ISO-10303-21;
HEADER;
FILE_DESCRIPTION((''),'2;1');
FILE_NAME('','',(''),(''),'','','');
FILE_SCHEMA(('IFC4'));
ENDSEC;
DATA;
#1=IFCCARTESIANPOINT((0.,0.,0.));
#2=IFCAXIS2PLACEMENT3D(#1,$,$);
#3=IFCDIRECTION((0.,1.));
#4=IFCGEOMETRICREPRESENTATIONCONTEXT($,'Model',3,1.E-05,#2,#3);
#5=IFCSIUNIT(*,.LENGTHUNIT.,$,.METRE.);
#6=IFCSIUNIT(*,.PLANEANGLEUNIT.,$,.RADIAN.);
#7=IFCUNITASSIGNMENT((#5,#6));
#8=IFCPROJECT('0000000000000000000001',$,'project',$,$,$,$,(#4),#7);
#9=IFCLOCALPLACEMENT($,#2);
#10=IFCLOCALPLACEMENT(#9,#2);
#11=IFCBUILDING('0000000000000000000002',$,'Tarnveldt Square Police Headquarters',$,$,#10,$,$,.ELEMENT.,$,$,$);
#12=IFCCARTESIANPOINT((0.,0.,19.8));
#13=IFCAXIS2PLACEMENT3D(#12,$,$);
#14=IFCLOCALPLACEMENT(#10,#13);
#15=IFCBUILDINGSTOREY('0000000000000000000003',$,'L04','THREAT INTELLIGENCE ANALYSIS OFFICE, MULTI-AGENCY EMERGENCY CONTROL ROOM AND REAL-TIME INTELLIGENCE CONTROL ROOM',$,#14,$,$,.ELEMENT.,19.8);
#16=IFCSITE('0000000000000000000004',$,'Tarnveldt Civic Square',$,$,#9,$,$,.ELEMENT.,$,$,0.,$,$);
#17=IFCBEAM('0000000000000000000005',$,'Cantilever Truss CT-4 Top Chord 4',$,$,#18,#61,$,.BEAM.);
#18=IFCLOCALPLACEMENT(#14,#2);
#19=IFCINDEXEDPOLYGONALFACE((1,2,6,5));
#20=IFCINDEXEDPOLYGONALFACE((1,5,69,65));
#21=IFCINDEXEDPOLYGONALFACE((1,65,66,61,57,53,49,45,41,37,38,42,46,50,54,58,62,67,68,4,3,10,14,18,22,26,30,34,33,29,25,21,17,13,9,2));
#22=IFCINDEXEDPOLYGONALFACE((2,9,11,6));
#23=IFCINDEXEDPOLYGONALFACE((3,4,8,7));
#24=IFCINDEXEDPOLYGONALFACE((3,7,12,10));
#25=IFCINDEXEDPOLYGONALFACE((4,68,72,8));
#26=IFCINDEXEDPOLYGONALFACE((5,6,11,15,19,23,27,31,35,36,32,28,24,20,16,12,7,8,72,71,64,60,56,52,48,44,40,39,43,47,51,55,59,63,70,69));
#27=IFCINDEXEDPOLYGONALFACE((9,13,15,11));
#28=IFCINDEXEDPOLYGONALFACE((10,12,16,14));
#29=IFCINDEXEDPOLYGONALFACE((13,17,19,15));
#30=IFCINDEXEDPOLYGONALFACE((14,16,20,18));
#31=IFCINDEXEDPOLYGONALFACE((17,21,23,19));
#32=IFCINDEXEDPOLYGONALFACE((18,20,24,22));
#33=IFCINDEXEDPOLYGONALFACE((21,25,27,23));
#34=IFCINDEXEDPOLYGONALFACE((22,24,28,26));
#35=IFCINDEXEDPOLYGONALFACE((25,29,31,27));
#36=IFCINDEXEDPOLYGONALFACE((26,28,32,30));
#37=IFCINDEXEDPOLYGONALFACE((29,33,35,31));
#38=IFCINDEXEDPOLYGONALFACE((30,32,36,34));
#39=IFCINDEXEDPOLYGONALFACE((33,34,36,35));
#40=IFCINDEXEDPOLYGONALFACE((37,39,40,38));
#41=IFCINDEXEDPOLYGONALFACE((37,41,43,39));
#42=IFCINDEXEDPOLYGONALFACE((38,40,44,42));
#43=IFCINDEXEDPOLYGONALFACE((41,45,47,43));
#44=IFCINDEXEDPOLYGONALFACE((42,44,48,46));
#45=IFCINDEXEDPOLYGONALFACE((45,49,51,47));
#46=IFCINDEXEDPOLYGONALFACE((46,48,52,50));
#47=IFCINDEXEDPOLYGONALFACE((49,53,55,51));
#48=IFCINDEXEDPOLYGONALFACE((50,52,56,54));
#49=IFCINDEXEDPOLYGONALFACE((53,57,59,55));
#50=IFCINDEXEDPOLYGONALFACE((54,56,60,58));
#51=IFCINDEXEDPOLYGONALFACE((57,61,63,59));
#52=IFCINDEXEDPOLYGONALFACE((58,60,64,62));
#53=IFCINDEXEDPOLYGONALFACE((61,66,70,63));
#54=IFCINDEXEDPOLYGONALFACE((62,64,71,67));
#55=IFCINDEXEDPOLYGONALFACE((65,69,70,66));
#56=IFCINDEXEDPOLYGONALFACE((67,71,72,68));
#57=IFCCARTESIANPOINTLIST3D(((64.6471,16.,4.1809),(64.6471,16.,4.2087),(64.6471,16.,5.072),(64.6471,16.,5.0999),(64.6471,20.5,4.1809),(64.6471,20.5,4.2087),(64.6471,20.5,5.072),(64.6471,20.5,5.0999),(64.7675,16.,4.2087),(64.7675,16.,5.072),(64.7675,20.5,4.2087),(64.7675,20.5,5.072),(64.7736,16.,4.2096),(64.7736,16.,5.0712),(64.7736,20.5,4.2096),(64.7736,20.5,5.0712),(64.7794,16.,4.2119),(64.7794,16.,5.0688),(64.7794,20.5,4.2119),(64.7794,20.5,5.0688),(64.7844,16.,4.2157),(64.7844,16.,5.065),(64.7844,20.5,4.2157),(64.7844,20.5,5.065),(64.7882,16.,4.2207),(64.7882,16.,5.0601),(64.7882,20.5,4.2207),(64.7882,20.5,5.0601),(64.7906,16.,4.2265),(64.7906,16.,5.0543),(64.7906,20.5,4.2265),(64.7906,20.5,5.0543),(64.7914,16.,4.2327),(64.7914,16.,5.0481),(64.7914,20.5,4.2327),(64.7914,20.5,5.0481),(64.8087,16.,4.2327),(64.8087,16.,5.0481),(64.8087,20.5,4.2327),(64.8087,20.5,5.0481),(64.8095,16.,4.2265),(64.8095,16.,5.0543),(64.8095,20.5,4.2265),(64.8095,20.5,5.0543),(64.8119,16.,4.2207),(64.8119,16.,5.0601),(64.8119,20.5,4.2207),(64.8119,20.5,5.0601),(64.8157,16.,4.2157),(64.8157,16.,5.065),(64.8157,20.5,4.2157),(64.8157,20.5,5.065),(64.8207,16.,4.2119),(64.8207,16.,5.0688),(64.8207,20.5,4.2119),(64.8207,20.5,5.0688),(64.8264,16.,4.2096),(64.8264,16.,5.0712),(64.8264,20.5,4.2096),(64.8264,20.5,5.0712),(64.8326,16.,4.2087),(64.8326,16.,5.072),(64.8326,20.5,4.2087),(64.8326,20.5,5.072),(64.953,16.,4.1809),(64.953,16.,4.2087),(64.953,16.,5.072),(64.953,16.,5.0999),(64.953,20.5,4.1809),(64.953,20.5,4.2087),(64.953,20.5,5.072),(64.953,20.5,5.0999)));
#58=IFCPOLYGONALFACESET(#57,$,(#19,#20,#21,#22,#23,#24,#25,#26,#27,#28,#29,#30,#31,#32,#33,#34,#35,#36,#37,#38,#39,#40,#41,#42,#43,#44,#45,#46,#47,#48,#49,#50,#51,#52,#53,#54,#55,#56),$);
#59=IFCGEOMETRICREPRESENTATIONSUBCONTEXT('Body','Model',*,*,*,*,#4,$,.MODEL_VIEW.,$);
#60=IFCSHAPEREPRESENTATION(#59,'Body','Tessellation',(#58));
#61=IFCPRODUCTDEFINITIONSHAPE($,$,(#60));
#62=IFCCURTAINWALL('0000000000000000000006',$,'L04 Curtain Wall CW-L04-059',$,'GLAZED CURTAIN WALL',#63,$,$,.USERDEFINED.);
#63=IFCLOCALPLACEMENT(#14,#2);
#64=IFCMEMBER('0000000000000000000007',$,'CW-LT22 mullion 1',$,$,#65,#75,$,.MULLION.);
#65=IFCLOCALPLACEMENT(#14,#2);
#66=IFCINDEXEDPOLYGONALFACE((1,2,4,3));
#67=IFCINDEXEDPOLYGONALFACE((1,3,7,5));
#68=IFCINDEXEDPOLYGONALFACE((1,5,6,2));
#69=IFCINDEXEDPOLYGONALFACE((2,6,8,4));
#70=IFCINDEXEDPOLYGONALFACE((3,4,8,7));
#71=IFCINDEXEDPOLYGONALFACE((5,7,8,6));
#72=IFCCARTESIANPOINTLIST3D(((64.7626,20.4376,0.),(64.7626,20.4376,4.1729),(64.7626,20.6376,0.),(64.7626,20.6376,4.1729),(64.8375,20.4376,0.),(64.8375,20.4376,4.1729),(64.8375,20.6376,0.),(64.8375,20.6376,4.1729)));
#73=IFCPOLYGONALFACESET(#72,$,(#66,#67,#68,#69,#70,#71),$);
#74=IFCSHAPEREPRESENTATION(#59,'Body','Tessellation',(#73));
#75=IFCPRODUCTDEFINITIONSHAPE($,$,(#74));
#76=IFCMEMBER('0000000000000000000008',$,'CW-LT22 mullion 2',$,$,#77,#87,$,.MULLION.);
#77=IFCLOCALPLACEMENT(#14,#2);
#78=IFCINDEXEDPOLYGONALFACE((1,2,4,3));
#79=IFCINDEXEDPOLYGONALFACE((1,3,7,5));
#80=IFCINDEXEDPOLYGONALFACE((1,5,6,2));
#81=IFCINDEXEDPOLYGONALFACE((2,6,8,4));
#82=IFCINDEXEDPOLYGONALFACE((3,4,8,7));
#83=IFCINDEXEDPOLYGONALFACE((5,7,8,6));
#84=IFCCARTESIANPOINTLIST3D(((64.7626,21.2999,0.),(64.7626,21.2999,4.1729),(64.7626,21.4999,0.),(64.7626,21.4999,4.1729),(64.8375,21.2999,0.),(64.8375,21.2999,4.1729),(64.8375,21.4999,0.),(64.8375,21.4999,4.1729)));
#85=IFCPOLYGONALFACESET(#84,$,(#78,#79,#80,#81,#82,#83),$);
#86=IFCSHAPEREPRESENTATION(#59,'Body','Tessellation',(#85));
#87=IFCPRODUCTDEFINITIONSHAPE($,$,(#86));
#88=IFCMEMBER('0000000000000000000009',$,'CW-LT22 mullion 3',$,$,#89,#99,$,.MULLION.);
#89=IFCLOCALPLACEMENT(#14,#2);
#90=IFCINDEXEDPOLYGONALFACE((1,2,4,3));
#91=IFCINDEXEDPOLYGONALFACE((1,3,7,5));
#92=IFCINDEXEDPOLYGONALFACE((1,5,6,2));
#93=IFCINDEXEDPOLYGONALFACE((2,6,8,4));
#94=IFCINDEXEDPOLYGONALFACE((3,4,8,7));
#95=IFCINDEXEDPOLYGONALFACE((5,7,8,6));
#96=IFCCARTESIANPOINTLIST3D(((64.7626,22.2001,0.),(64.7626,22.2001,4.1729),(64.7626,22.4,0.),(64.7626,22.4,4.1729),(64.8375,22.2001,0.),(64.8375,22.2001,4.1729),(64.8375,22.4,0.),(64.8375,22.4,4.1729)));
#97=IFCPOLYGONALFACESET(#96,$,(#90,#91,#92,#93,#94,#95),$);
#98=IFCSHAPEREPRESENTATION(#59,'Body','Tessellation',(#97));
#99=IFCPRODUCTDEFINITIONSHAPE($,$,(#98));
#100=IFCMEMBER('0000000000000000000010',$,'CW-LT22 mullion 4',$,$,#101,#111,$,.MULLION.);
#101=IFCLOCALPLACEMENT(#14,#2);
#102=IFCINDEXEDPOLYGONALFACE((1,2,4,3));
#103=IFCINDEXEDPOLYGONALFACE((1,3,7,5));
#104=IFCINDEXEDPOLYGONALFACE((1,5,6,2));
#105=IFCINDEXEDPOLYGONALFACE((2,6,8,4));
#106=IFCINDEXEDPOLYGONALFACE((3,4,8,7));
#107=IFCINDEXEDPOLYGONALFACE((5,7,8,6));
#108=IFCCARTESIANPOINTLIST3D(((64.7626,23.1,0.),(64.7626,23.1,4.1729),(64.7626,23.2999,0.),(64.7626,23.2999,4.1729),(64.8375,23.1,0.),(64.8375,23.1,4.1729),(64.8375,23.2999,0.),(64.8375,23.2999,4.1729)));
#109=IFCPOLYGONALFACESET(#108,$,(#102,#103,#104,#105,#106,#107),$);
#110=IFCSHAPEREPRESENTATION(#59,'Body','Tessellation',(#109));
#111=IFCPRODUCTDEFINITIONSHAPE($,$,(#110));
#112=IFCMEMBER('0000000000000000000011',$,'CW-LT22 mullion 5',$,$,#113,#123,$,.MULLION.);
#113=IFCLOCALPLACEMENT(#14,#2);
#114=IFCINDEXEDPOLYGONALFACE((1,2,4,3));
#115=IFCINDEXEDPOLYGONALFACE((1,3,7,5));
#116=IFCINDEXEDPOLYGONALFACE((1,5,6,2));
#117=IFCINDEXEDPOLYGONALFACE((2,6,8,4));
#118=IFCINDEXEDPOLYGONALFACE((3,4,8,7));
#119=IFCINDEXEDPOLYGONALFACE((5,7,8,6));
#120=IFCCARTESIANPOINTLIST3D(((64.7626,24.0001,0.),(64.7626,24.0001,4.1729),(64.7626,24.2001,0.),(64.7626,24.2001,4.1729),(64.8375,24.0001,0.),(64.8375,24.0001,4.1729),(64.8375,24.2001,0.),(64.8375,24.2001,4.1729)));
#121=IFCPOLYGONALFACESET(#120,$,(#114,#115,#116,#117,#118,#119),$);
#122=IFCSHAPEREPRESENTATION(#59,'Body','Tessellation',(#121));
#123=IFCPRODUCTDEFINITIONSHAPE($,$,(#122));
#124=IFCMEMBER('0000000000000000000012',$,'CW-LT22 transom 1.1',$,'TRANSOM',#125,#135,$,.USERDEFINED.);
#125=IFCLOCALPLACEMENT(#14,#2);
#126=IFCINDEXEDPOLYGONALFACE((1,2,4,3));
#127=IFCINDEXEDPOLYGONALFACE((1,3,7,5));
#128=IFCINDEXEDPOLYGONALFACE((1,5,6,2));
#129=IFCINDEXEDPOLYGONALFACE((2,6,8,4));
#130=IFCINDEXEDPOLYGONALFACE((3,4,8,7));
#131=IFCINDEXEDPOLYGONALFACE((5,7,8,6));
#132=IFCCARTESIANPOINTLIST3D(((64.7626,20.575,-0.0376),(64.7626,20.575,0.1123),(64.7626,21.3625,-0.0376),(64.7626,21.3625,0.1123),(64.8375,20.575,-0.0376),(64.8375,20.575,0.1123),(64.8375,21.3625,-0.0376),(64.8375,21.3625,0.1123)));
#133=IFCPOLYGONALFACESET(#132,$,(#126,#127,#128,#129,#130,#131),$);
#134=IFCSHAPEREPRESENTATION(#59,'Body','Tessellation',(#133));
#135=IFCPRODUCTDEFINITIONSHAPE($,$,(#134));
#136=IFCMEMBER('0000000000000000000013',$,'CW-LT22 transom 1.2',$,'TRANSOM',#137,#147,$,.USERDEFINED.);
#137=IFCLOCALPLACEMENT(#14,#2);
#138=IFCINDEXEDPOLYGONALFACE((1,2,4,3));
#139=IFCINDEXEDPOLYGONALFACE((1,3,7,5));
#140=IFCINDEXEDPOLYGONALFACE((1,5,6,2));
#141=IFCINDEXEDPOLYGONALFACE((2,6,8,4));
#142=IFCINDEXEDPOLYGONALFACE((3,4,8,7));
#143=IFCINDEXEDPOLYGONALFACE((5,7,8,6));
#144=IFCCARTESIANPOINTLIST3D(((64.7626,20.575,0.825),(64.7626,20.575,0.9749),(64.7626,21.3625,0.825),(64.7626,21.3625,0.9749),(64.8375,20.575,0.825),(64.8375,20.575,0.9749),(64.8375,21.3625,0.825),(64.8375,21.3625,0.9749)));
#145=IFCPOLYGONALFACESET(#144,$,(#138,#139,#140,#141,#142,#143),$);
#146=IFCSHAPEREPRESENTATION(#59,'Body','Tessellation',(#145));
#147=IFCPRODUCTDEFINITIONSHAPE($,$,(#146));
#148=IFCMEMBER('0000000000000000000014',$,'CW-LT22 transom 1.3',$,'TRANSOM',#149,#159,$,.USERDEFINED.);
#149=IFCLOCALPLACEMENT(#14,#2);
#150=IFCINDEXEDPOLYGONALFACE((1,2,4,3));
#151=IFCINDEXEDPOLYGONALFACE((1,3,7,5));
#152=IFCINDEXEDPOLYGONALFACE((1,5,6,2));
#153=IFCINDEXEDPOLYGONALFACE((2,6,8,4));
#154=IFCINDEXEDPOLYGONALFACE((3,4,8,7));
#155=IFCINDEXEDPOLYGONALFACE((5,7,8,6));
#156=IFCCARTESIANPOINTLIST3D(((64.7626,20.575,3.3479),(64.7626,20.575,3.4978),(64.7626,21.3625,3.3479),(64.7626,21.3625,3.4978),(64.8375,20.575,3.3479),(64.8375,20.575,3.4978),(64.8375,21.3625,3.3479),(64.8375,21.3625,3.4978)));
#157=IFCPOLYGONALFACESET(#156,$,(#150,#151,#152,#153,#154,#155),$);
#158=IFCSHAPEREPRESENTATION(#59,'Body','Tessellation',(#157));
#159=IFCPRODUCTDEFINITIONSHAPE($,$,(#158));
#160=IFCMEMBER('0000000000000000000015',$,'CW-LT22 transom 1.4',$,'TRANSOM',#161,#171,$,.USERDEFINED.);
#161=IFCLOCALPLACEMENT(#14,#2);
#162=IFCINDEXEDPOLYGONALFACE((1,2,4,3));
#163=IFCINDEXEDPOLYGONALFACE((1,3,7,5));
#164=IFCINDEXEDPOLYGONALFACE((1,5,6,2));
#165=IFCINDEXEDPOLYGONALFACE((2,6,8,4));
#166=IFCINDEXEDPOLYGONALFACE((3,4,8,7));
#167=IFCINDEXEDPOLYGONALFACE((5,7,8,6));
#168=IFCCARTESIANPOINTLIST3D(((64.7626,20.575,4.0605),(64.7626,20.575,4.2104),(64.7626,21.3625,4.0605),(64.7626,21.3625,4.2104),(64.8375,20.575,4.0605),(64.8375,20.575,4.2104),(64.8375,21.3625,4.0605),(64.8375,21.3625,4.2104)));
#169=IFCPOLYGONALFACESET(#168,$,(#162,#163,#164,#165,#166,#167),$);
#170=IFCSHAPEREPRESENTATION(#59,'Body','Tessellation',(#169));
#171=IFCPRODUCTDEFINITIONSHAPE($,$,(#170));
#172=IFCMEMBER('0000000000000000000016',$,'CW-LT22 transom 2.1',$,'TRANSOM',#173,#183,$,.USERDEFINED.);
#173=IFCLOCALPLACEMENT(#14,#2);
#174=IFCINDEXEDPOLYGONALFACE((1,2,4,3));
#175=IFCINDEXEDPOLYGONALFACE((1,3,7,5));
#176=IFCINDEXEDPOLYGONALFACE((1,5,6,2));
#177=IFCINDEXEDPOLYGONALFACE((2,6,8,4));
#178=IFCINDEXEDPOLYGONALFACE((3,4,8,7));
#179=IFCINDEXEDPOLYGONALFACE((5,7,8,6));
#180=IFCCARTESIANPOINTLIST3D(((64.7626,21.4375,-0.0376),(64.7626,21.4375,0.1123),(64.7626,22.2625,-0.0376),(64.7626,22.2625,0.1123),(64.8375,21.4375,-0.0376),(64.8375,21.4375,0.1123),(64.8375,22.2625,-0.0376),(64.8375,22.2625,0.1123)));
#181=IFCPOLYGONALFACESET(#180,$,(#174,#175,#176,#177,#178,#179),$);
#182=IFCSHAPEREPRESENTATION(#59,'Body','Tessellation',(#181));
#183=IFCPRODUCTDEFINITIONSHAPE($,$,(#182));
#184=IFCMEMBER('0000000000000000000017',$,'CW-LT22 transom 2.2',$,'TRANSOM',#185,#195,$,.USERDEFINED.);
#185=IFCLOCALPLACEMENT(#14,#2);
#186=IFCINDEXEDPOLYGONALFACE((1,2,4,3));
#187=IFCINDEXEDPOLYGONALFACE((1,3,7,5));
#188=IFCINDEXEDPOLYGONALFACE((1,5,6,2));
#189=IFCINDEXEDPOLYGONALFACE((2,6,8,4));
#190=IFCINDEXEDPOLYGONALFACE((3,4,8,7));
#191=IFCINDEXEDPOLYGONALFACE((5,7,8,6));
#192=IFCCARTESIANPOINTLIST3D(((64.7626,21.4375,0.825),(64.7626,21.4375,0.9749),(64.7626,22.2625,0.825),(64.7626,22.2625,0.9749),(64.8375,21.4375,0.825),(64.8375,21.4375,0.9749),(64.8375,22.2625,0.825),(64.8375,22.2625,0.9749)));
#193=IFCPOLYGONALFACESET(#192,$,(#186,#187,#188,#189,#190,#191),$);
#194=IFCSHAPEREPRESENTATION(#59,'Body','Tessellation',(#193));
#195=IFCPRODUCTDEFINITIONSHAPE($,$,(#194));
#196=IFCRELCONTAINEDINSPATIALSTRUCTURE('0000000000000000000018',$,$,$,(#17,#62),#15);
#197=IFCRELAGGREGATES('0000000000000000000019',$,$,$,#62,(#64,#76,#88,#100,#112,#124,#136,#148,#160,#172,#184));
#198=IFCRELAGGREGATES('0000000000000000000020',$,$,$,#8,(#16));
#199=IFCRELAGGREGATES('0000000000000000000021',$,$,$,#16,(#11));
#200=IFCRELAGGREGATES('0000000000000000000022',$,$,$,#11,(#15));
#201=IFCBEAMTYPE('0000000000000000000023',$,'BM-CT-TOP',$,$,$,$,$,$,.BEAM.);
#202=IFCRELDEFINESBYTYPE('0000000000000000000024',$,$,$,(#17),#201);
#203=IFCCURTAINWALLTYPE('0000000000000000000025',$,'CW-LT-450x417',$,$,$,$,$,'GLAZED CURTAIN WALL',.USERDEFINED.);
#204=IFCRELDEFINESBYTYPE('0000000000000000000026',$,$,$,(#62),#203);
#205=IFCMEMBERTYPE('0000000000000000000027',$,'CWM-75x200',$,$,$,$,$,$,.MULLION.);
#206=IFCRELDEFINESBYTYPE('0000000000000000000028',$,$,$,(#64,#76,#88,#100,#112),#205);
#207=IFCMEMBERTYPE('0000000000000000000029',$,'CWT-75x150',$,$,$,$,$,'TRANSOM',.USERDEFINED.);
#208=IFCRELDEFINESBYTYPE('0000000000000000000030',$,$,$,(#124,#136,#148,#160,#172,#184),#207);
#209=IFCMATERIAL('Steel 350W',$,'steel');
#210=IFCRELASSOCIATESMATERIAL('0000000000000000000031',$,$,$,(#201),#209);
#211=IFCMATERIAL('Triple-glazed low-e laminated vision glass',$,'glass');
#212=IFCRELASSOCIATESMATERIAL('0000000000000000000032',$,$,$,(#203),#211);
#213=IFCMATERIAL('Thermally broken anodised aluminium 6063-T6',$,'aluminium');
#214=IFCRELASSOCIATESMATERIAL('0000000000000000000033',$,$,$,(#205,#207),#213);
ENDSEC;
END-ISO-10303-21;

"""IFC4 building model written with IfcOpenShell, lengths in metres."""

from ifc_helpers import new_model, si_unit, direction, frame, origin, origin_2d, place, context, subcontext, project, spatial, rectangle, i_section, extrude, material, material_profile, profile_set, type_object, element, aggregate, save


model = new_model("IFC4")

# Units and contexts
model_context = context("Model", 3, precision=1e-05, world=origin(), true_north=direction((0.0, 1.0)))
body_context = subcontext(model_context, "Body", "Model", "MODEL_VIEW")
ifc_project = project(units=[si_unit("LENGTHUNIT", "METRE"), si_unit("PLANEANGLEUNIT", "RADIAN")], contexts=[model_context])

# Site, building, storey
site_placement = place(None, origin())
site = spatial("IfcSite", under=ifc_project, at=site_placement, Name="Tarnveldt Civic Square", CompositionType="ELEMENT", RefElevation=0.0)
building_placement = place(site_placement, origin())
building = spatial("IfcBuilding", under=site, at=building_placement, Name="Tarnveldt Square Police Headquarters", CompositionType="ELEMENT")
storey_placement = place(building_placement, frame((0.0, 0.0, 19.8)))
storey = spatial("IfcBuildingStorey", under=building, at=storey_placement, Name="L04", Description="THREAT INTELLIGENCE ANALYSIS OFFICE, MULTI-AGENCY EMERGENCY CONTROL ROOM AND REAL-TIME INTELLIGENCE CONTROL ROOM", CompositionType="ELEMENT", Elevation=19.8)

# Beam
ifc_material_1 = material(Name="Steel 350W", Category="steel")
ifc_material_profile_1 = material_profile(ifc_material_1, i_section(OverallWidth=0.3059, OverallDepth=0.9189, WebThickness=0.0173, FlangeThickness=0.0278, FilletRadius=0.0239, at=origin_2d()), Name="W920x253")
ifc_profile_set_1 = profile_set([ifc_material_profile_1], Name="Steel 350W")
beam_type = type_object("IfcBeamType", Name="BM-CT-TOP", PredefinedType="BEAM", material=ifc_profile_set_1)
beam_placement = place(storey_placement, frame((64.8, 20.5, 4.6404), z_axis=(0.0, -1.0, 0.0), x_axis=(1.0, 0.0, 0.0)))
element("IfcBeam", 1, at=beam_placement, inside=storey, type_object=beam_type, Name="Cantilever Truss CT-4 Top Chord 4", PredefinedType="BEAM", context=body_context, shape_type="SweptSolid", body=[
    extrude(i_section(OverallWidth=0.3059, OverallDepth=0.9189, WebThickness=0.0173, FlangeThickness=0.0278, FilletRadius=0.0239, at=origin_2d()), origin(), (0.0, 0.0, 1.0), 4.5),
])

# Curtain wall, members
ifc_material_2 = material(Name="Triple-glazed low-e laminated vision glass", Category="glass")
curtain_wall_type = type_object("IfcCurtainWallType", Name="CW-LT-450x417", ElementType="GLAZED CURTAIN WALL", PredefinedType="USERDEFINED", material=ifc_material_2)
curtain_wall_placement = place(storey_placement, origin())
curtain_wall = element("IfcCurtainWall", 2, at=curtain_wall_placement, inside=storey, type_object=curtain_wall_type, Name="L04 Curtain Wall CW-L04-059", ObjectType="GLAZED CURTAIN WALL", PredefinedType="USERDEFINED")
ifc_material_3 = material(Name="Thermally broken anodised aluminium 6063-T6", Category="aluminium")
ifc_material_profile_2 = material_profile(ifc_material_3, rectangle(XDim=0.075, YDim=0.2, at=origin_2d()), Name="CW-M75x200")
ifc_profile_set_2 = profile_set([ifc_material_profile_2], Name="Thermally broken anodised aluminium 6063-T6")
member_type_1 = type_object("IfcMemberType", Name="CWM-75x200", PredefinedType="MULLION", material=ifc_profile_set_2)
member_1_placement = place(storey_placement, frame((64.8, 20.5376, 0.0), z_axis=(0.0, 0.0, 1.0), x_axis=(-1.0, 0.0, 0.0)))
member_1 = element("IfcMember", 3, at=member_1_placement, type_object=member_type_1, Name="CW-LT22 mullion 1", PredefinedType="MULLION", context=body_context, shape_type="SweptSolid", body=[
    extrude(rectangle(XDim=0.075, YDim=0.2, at=origin_2d()), origin(), (0.0, 0.0, 1.0), 4.1729),
])
member_2_placement = place(storey_placement, frame((64.8, 21.3999, 0.0), z_axis=(0.0, 0.0, 1.0), x_axis=(-1.0, 0.0, 0.0)))
member_2 = element("IfcMember", 4, at=member_2_placement, type_object=member_type_1, Name="CW-LT22 mullion 2", PredefinedType="MULLION", context=body_context, shape_type="SweptSolid", body=[
    extrude(rectangle(XDim=0.075, YDim=0.2, at=origin_2d()), origin(), (0.0, 0.0, 1.0), 4.1729),
])
member_3_placement = place(storey_placement, frame((64.8, 22.3, 0.0), z_axis=(0.0, 0.0, 1.0), x_axis=(-1.0, 0.0, 0.0)))
member_3 = element("IfcMember", 5, at=member_3_placement, type_object=member_type_1, Name="CW-LT22 mullion 3", PredefinedType="MULLION", context=body_context, shape_type="SweptSolid", body=[
    extrude(rectangle(XDim=0.075, YDim=0.2, at=origin_2d()), origin(), (0.0, 0.0, 1.0), 4.1729),
])
member_4_placement = place(storey_placement, frame((64.8, 23.2, 0.0), z_axis=(0.0, 0.0, 1.0), x_axis=(-1.0, 0.0, 0.0)))
member_4 = element("IfcMember", 6, at=member_4_placement, type_object=member_type_1, Name="CW-LT22 mullion 4", PredefinedType="MULLION", context=body_context, shape_type="SweptSolid", body=[
    extrude(rectangle(XDim=0.075, YDim=0.2, at=origin_2d()), origin(), (0.0, 0.0, 1.0), 4.1729),
])
member_5_placement = place(storey_placement, frame((64.8, 24.1001, 0.0), z_axis=(0.0, 0.0, 1.0), x_axis=(-1.0, 0.0, 0.0)))
member_5 = element("IfcMember", 7, at=member_5_placement, type_object=member_type_1, Name="CW-LT22 mullion 5", PredefinedType="MULLION", context=body_context, shape_type="SweptSolid", body=[
    extrude(rectangle(XDim=0.075, YDim=0.2, at=origin_2d()), origin(), (0.0, 0.0, 1.0), 4.1729),
])
ifc_material_profile_3 = material_profile(ifc_material_3, rectangle(XDim=0.075, YDim=0.1499, at=origin_2d()), Name="CW-T75x150")
ifc_profile_set_3 = profile_set([ifc_material_profile_3], Name="Thermally broken anodised aluminium 6063-T6")
member_type_2 = type_object("IfcMemberType", Name="CWT-75x150", ElementType="TRANSOM", PredefinedType="USERDEFINED", material=ifc_profile_set_3)
member_6_placement = place(storey_placement, frame((64.8, 20.575, 0.0374), z_axis=(0.0, 1.0, 0.0), x_axis=(-1.0, 0.0, 0.0)))
member_6 = element("IfcMember", 8, at=member_6_placement, type_object=member_type_2, Name="CW-LT22 transom 1.1", ObjectType="TRANSOM", PredefinedType="USERDEFINED", context=body_context, shape_type="SweptSolid", body=[
    extrude(rectangle(XDim=0.075, YDim=0.1499, at=origin_2d()), origin(), (0.0, 0.0, 1.0), 0.7876),
])
member_7_placement = place(storey_placement, frame((64.8, 20.575, 0.8999), z_axis=(0.0, 1.0, 0.0), x_axis=(-1.0, 0.0, 0.0)))
member_7 = element("IfcMember", 9, at=member_7_placement, type_object=member_type_2, Name="CW-LT22 transom 1.2", ObjectType="TRANSOM", PredefinedType="USERDEFINED", context=body_context, shape_type="SweptSolid", body=[
    extrude(rectangle(XDim=0.075, YDim=0.1499, at=origin_2d()), origin(), (0.0, 0.0, 1.0), 0.7876),
])
member_8_placement = place(storey_placement, frame((64.8, 20.575, 3.4229), z_axis=(0.0, 1.0, 0.0), x_axis=(-1.0, 0.0, 0.0)))
member_8 = element("IfcMember", 10, at=member_8_placement, type_object=member_type_2, Name="CW-LT22 transom 1.3", ObjectType="TRANSOM", PredefinedType="USERDEFINED", context=body_context, shape_type="SweptSolid", body=[
    extrude(rectangle(XDim=0.075, YDim=0.1499, at=origin_2d()), origin(), (0.0, 0.0, 1.0), 0.7876),
])
member_9_placement = place(storey_placement, frame((64.8, 20.575, 4.1355), z_axis=(0.0, 1.0, 0.0), x_axis=(-1.0, 0.0, 0.0)))
member_9 = element("IfcMember", 11, at=member_9_placement, type_object=member_type_2, Name="CW-LT22 transom 1.4", ObjectType="TRANSOM", PredefinedType="USERDEFINED", context=body_context, shape_type="SweptSolid", body=[
    extrude(rectangle(XDim=0.075, YDim=0.1499, at=origin_2d()), origin(), (0.0, 0.0, 1.0), 0.7876),
])
member_10_placement = place(storey_placement, frame((64.8, 21.4375, 0.0374), z_axis=(0.0, 1.0, 0.0), x_axis=(-1.0, 0.0, 0.0)))
member_10 = element("IfcMember", 12, at=member_10_placement, type_object=member_type_2, Name="CW-LT22 transom 2.1", ObjectType="TRANSOM", PredefinedType="USERDEFINED", context=body_context, shape_type="SweptSolid", body=[
    extrude(rectangle(XDim=0.075, YDim=0.1499, at=origin_2d()), origin(), (0.0, 0.0, 1.0), 0.825),
])
member_11_placement = place(storey_placement, frame((64.8, 21.4375, 0.8999), z_axis=(0.0, 1.0, 0.0), x_axis=(-1.0, 0.0, 0.0)))
member_11 = element("IfcMember", 13, at=member_11_placement, type_object=member_type_2, Name="CW-LT22 transom 2.2", ObjectType="TRANSOM", PredefinedType="USERDEFINED", context=body_context, shape_type="SweptSolid", body=[
    extrude(rectangle(XDim=0.075, YDim=0.1499, at=origin_2d()), origin(), (0.0, 0.0, 1.0), 0.825),
])

aggregate(curtain_wall, [member_1, member_2, member_3, member_4, member_5, member_6, member_7, member_8, member_9, member_10, member_11])

save(model, "model.ifc")
